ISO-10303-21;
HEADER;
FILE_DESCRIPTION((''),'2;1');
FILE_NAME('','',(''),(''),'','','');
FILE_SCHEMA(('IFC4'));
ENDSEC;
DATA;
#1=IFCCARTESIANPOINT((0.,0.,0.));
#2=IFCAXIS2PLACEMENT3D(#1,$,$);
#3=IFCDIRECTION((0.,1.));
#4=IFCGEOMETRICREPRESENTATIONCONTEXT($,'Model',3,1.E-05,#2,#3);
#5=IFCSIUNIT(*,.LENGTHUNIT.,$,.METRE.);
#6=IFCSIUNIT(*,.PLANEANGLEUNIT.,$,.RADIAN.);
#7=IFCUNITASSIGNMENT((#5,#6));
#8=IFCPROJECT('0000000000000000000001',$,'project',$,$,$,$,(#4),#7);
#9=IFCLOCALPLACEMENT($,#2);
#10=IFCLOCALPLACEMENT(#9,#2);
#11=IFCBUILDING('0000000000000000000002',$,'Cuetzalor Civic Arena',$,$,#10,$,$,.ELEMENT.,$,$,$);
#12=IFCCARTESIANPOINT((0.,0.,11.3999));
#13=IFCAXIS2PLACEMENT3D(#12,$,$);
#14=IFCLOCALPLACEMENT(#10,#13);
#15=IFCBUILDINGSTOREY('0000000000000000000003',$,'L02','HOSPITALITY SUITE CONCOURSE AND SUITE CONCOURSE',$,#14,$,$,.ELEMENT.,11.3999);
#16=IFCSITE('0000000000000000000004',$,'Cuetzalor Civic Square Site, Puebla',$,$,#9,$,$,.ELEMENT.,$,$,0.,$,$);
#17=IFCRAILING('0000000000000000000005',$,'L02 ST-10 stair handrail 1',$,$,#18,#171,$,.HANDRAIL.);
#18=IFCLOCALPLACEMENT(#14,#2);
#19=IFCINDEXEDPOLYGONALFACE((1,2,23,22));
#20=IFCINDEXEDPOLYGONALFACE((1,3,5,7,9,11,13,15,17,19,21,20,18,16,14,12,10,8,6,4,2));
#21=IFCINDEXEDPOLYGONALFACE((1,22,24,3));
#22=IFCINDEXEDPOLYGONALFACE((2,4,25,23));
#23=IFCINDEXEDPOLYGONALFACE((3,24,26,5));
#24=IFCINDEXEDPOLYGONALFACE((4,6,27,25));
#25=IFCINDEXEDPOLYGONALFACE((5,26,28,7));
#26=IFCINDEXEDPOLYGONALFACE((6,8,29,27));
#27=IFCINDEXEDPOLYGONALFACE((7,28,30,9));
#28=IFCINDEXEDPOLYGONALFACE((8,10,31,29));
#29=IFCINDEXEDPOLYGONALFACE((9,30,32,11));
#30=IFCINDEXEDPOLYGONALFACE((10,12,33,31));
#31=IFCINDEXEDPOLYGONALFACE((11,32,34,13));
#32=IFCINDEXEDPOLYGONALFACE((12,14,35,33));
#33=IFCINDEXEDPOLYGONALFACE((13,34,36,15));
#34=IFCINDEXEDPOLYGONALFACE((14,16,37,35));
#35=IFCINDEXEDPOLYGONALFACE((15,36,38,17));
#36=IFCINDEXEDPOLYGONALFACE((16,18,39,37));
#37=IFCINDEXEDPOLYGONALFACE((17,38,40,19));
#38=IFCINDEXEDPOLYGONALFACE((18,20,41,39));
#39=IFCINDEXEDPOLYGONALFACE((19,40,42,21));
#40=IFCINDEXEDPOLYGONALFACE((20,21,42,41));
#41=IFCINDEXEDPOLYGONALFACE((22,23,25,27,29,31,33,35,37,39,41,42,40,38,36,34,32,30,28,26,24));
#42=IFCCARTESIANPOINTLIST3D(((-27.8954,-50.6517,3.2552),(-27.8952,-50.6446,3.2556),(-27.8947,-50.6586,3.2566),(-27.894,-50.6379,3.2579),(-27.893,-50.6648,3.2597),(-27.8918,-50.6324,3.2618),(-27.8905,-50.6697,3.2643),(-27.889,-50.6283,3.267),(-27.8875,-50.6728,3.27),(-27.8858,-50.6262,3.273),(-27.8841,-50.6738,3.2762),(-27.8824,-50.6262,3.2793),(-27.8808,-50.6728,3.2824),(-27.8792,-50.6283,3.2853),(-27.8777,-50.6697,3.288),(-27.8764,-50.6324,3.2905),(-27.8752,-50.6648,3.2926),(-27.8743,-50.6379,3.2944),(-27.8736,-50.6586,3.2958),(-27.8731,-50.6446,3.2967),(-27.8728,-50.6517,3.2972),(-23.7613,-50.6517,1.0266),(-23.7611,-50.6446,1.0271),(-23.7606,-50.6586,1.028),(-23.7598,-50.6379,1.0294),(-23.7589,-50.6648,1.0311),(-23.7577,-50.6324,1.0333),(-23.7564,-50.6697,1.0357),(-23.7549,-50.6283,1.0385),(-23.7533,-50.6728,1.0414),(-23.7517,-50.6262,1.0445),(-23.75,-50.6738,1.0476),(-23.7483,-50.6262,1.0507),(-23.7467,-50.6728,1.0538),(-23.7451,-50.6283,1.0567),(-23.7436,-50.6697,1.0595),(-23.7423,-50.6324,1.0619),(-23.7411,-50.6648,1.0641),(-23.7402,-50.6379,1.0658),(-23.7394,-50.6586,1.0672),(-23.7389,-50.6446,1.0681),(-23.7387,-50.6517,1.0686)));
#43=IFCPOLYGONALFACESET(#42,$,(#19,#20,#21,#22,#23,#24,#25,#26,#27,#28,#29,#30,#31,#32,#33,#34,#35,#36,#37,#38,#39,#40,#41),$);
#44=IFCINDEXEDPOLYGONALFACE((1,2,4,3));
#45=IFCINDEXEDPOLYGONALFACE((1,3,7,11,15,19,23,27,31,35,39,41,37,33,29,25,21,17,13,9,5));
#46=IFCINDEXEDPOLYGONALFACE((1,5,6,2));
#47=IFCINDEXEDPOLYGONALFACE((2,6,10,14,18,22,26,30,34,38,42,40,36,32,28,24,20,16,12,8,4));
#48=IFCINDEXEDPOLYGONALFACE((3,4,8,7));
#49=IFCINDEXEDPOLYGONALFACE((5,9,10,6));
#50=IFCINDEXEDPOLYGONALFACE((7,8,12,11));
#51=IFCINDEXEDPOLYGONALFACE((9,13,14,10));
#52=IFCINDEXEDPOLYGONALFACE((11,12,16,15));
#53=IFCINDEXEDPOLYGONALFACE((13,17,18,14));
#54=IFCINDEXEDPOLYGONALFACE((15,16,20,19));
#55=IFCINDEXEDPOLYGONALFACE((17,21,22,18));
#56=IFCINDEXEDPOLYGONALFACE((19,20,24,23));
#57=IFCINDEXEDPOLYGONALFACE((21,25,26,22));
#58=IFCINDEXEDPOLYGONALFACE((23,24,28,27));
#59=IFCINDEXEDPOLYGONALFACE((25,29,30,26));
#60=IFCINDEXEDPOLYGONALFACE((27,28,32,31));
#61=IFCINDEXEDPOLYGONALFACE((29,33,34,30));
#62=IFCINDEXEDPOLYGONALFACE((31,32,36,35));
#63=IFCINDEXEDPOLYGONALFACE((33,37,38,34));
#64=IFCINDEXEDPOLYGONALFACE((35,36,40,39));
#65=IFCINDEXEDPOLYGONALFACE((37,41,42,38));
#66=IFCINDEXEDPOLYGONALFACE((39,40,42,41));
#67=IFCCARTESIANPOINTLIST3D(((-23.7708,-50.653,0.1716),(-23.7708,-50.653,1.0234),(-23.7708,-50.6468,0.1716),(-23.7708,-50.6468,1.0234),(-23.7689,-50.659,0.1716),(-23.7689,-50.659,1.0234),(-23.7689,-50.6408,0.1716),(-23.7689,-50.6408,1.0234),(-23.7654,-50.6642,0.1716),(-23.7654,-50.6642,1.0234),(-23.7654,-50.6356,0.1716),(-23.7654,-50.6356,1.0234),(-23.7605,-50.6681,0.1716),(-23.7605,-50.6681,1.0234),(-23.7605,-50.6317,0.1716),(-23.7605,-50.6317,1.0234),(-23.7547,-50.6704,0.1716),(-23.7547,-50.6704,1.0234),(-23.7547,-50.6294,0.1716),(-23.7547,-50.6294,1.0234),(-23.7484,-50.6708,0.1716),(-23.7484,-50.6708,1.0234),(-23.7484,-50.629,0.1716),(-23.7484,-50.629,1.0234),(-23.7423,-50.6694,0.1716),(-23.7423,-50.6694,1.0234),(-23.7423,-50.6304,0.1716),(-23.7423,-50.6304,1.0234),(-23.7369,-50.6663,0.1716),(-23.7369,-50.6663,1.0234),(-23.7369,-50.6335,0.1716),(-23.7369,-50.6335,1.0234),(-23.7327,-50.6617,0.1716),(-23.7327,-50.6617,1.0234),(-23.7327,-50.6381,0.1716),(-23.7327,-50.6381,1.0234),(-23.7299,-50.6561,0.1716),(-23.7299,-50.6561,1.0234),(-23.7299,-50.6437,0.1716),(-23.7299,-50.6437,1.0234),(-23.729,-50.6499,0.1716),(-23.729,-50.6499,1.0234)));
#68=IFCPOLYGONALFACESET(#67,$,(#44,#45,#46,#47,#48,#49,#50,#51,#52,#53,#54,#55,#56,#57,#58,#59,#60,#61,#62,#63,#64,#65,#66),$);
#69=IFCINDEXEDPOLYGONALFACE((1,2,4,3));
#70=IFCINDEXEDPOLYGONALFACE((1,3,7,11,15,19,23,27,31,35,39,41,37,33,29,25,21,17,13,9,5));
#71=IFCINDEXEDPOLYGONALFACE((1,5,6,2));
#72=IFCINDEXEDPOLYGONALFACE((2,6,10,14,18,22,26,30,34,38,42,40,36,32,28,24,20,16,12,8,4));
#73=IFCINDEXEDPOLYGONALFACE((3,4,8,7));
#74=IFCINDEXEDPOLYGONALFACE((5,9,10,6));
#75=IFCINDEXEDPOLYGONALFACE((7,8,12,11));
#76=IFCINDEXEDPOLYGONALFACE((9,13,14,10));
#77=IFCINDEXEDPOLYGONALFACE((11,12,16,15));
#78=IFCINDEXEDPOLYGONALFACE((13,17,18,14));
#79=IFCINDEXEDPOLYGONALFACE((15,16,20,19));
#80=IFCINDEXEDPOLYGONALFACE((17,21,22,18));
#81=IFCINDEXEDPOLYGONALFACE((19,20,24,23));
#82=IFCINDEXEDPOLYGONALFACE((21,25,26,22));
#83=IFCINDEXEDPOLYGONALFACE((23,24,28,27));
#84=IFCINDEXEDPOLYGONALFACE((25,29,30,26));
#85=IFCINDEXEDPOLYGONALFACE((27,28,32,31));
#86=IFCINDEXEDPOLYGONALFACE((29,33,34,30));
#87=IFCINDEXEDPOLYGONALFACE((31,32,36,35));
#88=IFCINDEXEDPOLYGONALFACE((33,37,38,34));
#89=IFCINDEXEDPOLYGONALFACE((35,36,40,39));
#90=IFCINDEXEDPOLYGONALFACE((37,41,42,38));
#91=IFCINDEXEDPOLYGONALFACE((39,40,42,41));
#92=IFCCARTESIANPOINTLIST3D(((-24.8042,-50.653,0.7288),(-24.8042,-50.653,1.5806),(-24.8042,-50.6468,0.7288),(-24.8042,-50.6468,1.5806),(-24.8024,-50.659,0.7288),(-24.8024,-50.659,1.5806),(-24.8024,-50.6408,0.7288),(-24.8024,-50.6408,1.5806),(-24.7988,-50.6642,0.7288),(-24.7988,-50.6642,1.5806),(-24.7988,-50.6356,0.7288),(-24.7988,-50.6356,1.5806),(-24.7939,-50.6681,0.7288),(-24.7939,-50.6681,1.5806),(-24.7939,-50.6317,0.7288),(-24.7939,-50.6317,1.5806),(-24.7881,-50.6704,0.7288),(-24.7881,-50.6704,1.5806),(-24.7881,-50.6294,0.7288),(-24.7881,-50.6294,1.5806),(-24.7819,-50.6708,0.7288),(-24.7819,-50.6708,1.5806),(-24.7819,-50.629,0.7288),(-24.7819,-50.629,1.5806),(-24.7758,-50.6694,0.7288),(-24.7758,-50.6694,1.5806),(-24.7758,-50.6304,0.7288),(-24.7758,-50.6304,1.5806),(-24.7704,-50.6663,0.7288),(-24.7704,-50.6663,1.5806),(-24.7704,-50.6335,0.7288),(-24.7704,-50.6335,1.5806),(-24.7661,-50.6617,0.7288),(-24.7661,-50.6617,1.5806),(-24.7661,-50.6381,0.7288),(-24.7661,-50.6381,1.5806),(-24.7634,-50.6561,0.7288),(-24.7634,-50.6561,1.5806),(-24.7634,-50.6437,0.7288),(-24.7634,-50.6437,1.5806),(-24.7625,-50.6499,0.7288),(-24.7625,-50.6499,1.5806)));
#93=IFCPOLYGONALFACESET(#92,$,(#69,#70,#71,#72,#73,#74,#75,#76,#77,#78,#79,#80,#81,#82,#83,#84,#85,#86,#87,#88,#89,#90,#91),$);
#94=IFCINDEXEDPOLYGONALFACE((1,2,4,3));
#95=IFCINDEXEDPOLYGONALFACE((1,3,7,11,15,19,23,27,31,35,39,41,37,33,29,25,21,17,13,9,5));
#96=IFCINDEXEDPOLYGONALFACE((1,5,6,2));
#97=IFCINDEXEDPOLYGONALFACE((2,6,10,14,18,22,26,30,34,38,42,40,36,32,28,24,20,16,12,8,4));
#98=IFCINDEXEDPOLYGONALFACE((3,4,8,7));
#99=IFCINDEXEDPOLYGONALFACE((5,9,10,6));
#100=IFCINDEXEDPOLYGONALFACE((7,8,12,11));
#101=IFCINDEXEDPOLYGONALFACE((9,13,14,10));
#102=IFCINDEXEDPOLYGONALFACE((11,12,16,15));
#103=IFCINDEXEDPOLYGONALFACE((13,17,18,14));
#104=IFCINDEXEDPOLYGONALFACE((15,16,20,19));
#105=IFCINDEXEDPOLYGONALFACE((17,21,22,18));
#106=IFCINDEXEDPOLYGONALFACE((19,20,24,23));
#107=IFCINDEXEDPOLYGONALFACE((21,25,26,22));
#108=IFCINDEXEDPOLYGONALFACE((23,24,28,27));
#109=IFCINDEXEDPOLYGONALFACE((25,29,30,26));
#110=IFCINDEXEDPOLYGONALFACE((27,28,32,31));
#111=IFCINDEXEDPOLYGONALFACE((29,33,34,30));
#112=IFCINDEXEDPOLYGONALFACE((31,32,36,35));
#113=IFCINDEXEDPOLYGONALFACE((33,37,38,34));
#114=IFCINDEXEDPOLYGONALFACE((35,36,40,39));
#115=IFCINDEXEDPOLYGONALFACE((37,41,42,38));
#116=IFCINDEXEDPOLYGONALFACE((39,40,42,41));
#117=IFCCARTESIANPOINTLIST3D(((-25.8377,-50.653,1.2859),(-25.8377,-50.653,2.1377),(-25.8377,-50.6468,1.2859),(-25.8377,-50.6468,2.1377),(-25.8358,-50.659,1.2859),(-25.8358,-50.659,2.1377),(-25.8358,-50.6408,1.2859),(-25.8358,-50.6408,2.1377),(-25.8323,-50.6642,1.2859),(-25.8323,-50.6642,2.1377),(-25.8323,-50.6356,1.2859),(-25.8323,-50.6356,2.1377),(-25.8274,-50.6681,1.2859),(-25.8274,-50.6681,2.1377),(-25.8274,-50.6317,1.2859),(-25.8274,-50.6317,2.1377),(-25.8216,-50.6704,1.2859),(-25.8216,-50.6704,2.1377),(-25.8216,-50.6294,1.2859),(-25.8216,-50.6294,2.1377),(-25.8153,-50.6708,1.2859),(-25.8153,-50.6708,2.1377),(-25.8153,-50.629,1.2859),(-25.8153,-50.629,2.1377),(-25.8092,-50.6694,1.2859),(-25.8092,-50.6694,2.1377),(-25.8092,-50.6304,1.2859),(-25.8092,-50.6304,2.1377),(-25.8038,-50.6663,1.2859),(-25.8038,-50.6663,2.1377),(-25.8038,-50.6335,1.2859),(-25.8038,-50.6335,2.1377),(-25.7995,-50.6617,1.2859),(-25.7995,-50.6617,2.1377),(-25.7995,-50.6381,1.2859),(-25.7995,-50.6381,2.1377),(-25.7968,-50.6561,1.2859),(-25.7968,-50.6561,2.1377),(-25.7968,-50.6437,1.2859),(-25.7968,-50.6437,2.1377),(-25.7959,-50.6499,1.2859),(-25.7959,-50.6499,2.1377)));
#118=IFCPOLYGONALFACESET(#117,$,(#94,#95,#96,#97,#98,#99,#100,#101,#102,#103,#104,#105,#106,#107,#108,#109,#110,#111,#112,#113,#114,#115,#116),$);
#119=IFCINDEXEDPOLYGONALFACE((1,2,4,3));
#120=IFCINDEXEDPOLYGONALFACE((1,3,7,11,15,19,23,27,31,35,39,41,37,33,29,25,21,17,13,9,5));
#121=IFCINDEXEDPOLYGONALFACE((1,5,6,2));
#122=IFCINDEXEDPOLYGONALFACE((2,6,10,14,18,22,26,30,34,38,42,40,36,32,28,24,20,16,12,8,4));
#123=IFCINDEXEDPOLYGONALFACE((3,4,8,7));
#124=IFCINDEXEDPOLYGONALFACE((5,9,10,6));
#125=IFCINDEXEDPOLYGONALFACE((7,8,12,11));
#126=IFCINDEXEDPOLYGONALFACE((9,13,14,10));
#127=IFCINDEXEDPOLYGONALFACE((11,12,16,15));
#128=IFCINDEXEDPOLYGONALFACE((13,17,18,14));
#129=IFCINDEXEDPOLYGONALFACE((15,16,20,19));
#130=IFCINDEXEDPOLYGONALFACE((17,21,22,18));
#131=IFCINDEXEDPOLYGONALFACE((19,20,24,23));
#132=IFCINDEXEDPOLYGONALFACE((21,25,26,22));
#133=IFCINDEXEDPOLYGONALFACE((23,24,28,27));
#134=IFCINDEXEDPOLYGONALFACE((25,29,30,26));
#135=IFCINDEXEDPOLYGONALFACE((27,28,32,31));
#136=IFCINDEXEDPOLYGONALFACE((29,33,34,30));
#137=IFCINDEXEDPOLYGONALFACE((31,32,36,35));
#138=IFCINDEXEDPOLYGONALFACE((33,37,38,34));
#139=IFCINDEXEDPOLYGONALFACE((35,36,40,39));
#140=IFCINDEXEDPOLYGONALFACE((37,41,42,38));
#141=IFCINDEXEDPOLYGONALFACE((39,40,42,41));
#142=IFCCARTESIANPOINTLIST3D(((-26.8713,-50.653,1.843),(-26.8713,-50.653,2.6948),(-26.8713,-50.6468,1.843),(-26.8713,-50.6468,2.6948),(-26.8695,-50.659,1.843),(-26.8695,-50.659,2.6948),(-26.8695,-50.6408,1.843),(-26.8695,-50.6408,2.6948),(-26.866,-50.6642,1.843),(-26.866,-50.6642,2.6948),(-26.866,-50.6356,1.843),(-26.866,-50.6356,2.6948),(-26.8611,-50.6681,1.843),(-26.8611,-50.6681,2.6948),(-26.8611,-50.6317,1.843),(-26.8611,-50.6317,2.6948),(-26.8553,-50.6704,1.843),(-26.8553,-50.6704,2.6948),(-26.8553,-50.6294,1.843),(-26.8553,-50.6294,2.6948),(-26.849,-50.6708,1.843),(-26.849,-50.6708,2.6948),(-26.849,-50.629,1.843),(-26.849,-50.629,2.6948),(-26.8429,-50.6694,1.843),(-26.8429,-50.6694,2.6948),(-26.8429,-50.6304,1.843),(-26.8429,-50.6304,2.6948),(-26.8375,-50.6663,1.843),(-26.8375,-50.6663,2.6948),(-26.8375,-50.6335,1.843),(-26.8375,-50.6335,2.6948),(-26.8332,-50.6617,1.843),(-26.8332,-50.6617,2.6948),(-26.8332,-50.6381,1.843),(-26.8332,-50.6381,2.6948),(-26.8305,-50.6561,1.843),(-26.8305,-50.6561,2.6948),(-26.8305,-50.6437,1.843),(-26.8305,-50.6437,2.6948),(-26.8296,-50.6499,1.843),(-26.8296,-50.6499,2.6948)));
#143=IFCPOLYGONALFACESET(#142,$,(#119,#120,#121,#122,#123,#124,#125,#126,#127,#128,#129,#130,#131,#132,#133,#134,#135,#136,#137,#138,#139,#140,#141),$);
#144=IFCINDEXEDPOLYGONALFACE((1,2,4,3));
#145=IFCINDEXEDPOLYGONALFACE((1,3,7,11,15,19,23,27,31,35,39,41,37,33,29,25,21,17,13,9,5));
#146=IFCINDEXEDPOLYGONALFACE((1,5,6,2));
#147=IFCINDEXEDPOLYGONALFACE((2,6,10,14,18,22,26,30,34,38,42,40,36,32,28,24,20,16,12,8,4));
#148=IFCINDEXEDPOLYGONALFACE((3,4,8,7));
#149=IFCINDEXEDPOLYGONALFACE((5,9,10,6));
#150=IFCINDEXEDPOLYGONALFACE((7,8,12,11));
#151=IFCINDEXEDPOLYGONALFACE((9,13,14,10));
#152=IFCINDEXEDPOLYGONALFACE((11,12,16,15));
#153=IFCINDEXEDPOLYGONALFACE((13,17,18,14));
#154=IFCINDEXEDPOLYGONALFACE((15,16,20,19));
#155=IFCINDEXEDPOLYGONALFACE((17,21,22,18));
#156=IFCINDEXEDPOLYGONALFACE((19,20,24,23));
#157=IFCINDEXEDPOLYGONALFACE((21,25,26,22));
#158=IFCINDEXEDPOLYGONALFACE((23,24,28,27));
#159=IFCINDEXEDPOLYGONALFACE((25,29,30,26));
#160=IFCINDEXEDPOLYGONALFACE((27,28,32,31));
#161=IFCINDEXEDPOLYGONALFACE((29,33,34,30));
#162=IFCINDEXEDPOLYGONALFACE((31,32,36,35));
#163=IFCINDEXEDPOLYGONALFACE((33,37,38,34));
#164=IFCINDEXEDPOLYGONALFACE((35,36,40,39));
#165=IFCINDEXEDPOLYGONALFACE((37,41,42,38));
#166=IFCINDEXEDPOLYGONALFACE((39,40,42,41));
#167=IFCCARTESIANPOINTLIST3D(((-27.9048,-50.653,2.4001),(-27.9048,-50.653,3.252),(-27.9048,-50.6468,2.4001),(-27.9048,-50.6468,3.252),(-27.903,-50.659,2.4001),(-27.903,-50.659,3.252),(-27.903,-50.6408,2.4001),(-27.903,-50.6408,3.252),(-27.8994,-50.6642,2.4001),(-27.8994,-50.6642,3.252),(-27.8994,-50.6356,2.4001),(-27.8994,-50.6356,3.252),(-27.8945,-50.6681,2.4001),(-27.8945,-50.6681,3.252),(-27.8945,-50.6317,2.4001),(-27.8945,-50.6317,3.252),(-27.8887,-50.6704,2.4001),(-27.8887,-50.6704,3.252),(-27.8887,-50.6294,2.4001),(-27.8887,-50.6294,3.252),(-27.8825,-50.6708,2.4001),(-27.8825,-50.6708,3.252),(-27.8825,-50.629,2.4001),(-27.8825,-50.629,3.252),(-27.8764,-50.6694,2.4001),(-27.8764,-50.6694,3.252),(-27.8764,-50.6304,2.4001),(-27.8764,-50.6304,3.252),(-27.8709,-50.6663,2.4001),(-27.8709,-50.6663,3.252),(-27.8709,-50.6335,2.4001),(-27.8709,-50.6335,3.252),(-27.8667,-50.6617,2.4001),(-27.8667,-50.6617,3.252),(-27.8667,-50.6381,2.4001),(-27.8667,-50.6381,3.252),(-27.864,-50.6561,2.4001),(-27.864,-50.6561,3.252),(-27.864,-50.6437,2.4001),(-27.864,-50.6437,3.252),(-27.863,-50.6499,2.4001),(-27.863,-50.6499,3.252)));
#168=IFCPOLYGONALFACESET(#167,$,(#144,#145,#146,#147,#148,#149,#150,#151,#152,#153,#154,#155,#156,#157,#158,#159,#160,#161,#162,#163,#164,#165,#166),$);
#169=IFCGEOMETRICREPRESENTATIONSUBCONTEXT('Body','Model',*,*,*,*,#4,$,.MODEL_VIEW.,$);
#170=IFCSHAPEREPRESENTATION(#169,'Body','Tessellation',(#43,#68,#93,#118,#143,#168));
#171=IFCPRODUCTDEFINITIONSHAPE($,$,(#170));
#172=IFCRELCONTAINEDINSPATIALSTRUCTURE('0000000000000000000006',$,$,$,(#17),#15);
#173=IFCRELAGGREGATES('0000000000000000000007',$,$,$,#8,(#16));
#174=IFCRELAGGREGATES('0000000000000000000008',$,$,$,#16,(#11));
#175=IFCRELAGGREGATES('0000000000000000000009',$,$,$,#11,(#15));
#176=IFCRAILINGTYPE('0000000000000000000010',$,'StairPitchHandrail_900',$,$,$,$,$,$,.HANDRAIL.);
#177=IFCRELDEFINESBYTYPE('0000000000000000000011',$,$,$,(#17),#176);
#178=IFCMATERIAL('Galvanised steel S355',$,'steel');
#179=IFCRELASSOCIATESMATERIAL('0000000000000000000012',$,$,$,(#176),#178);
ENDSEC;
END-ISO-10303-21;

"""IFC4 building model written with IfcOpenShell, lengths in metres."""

from ifc_helpers import new_model, si_unit, direction, frame, origin, origin_2d, place, context, subcontext, project, spatial, circle, extrude, material, type_object, element, save


model = new_model("IFC4")

# Units and contexts
model_context = context("Model", 3, precision=1e-05, world=origin(), true_north=direction((0.0, 1.0)))
body_context = subcontext(model_context, "Body", "Model", "MODEL_VIEW")
ifc_project = project(units=[si_unit("LENGTHUNIT", "METRE"), si_unit("PLANEANGLEUNIT", "RADIAN")], contexts=[model_context])

# Site, building, storey
site_placement = place(None, origin())
site = spatial("IfcSite", under=ifc_project, at=site_placement, Name="Cuetzalor Civic Square Site, Puebla", CompositionType="ELEMENT", RefElevation=0.0)
building_placement = place(site_placement, origin())
building = spatial("IfcBuilding", under=site, at=building_placement, Name="Cuetzalor Civic Arena", CompositionType="ELEMENT")
storey_placement = place(building_placement, frame((0.0, 0.0, 11.3999)))
storey = spatial("IfcBuildingStorey", under=building, at=storey_placement, Name="L02", Description="HOSPITALITY SUITE CONCOURSE AND SUITE CONCOURSE", CompositionType="ELEMENT", Elevation=11.3999)

# Railing
ifc_material_1 = material(Name="Galvanised steel S355", Category="steel")
railing_type_1 = type_object("IfcRailingType", Name="StairPitchHandrail_900", PredefinedType="HANDRAIL", material=ifc_material_1)
railing_1_placement = place(storey_placement, frame((-23.75, -50.6499, 0.1716)))
element("IfcRailing", 1, at=railing_1_placement, inside=storey, type_object=railing_type_1, Name="L02 ST-10 stair handrail 1", PredefinedType="HANDRAIL", context=body_context, shape_type="SweptSolid", body=[
    extrude(circle(Radius=0.0239, at=origin_2d()), frame((0.0, 0.0, 0.876), z_axis=(-0.880249, 0.0, 0.474512), x_axis=(0.0, -1.0, 0.0)), (0.0, 0.0, 1.0), 4.6965),
    extrude(circle(Radius=0.021, at=origin_2d()), origin(), (0.0, 0.0, 1.0), 0.8518),
    extrude(circle(Radius=0.021, at=origin_2d()), frame((-1.0334, 0.0, 0.5571)), (0.0, 0.0, 1.0), 0.8518),
    extrude(circle(Radius=0.021, at=origin_2d()), frame((-2.0669, 0.0, 1.1143)), (0.0, 0.0, 1.0), 0.8518),
    extrude(circle(Radius=0.021, at=origin_2d()), frame((-3.1006, 0.0, 1.6714)), (0.0, 0.0, 1.0), 0.8518),
    extrude(circle(Radius=0.021, at=origin_2d()), frame((-4.134, 0.0, 2.2285)), (0.0, 0.0, 1.0), 0.8518),
])

save(model, "model.ifc")
